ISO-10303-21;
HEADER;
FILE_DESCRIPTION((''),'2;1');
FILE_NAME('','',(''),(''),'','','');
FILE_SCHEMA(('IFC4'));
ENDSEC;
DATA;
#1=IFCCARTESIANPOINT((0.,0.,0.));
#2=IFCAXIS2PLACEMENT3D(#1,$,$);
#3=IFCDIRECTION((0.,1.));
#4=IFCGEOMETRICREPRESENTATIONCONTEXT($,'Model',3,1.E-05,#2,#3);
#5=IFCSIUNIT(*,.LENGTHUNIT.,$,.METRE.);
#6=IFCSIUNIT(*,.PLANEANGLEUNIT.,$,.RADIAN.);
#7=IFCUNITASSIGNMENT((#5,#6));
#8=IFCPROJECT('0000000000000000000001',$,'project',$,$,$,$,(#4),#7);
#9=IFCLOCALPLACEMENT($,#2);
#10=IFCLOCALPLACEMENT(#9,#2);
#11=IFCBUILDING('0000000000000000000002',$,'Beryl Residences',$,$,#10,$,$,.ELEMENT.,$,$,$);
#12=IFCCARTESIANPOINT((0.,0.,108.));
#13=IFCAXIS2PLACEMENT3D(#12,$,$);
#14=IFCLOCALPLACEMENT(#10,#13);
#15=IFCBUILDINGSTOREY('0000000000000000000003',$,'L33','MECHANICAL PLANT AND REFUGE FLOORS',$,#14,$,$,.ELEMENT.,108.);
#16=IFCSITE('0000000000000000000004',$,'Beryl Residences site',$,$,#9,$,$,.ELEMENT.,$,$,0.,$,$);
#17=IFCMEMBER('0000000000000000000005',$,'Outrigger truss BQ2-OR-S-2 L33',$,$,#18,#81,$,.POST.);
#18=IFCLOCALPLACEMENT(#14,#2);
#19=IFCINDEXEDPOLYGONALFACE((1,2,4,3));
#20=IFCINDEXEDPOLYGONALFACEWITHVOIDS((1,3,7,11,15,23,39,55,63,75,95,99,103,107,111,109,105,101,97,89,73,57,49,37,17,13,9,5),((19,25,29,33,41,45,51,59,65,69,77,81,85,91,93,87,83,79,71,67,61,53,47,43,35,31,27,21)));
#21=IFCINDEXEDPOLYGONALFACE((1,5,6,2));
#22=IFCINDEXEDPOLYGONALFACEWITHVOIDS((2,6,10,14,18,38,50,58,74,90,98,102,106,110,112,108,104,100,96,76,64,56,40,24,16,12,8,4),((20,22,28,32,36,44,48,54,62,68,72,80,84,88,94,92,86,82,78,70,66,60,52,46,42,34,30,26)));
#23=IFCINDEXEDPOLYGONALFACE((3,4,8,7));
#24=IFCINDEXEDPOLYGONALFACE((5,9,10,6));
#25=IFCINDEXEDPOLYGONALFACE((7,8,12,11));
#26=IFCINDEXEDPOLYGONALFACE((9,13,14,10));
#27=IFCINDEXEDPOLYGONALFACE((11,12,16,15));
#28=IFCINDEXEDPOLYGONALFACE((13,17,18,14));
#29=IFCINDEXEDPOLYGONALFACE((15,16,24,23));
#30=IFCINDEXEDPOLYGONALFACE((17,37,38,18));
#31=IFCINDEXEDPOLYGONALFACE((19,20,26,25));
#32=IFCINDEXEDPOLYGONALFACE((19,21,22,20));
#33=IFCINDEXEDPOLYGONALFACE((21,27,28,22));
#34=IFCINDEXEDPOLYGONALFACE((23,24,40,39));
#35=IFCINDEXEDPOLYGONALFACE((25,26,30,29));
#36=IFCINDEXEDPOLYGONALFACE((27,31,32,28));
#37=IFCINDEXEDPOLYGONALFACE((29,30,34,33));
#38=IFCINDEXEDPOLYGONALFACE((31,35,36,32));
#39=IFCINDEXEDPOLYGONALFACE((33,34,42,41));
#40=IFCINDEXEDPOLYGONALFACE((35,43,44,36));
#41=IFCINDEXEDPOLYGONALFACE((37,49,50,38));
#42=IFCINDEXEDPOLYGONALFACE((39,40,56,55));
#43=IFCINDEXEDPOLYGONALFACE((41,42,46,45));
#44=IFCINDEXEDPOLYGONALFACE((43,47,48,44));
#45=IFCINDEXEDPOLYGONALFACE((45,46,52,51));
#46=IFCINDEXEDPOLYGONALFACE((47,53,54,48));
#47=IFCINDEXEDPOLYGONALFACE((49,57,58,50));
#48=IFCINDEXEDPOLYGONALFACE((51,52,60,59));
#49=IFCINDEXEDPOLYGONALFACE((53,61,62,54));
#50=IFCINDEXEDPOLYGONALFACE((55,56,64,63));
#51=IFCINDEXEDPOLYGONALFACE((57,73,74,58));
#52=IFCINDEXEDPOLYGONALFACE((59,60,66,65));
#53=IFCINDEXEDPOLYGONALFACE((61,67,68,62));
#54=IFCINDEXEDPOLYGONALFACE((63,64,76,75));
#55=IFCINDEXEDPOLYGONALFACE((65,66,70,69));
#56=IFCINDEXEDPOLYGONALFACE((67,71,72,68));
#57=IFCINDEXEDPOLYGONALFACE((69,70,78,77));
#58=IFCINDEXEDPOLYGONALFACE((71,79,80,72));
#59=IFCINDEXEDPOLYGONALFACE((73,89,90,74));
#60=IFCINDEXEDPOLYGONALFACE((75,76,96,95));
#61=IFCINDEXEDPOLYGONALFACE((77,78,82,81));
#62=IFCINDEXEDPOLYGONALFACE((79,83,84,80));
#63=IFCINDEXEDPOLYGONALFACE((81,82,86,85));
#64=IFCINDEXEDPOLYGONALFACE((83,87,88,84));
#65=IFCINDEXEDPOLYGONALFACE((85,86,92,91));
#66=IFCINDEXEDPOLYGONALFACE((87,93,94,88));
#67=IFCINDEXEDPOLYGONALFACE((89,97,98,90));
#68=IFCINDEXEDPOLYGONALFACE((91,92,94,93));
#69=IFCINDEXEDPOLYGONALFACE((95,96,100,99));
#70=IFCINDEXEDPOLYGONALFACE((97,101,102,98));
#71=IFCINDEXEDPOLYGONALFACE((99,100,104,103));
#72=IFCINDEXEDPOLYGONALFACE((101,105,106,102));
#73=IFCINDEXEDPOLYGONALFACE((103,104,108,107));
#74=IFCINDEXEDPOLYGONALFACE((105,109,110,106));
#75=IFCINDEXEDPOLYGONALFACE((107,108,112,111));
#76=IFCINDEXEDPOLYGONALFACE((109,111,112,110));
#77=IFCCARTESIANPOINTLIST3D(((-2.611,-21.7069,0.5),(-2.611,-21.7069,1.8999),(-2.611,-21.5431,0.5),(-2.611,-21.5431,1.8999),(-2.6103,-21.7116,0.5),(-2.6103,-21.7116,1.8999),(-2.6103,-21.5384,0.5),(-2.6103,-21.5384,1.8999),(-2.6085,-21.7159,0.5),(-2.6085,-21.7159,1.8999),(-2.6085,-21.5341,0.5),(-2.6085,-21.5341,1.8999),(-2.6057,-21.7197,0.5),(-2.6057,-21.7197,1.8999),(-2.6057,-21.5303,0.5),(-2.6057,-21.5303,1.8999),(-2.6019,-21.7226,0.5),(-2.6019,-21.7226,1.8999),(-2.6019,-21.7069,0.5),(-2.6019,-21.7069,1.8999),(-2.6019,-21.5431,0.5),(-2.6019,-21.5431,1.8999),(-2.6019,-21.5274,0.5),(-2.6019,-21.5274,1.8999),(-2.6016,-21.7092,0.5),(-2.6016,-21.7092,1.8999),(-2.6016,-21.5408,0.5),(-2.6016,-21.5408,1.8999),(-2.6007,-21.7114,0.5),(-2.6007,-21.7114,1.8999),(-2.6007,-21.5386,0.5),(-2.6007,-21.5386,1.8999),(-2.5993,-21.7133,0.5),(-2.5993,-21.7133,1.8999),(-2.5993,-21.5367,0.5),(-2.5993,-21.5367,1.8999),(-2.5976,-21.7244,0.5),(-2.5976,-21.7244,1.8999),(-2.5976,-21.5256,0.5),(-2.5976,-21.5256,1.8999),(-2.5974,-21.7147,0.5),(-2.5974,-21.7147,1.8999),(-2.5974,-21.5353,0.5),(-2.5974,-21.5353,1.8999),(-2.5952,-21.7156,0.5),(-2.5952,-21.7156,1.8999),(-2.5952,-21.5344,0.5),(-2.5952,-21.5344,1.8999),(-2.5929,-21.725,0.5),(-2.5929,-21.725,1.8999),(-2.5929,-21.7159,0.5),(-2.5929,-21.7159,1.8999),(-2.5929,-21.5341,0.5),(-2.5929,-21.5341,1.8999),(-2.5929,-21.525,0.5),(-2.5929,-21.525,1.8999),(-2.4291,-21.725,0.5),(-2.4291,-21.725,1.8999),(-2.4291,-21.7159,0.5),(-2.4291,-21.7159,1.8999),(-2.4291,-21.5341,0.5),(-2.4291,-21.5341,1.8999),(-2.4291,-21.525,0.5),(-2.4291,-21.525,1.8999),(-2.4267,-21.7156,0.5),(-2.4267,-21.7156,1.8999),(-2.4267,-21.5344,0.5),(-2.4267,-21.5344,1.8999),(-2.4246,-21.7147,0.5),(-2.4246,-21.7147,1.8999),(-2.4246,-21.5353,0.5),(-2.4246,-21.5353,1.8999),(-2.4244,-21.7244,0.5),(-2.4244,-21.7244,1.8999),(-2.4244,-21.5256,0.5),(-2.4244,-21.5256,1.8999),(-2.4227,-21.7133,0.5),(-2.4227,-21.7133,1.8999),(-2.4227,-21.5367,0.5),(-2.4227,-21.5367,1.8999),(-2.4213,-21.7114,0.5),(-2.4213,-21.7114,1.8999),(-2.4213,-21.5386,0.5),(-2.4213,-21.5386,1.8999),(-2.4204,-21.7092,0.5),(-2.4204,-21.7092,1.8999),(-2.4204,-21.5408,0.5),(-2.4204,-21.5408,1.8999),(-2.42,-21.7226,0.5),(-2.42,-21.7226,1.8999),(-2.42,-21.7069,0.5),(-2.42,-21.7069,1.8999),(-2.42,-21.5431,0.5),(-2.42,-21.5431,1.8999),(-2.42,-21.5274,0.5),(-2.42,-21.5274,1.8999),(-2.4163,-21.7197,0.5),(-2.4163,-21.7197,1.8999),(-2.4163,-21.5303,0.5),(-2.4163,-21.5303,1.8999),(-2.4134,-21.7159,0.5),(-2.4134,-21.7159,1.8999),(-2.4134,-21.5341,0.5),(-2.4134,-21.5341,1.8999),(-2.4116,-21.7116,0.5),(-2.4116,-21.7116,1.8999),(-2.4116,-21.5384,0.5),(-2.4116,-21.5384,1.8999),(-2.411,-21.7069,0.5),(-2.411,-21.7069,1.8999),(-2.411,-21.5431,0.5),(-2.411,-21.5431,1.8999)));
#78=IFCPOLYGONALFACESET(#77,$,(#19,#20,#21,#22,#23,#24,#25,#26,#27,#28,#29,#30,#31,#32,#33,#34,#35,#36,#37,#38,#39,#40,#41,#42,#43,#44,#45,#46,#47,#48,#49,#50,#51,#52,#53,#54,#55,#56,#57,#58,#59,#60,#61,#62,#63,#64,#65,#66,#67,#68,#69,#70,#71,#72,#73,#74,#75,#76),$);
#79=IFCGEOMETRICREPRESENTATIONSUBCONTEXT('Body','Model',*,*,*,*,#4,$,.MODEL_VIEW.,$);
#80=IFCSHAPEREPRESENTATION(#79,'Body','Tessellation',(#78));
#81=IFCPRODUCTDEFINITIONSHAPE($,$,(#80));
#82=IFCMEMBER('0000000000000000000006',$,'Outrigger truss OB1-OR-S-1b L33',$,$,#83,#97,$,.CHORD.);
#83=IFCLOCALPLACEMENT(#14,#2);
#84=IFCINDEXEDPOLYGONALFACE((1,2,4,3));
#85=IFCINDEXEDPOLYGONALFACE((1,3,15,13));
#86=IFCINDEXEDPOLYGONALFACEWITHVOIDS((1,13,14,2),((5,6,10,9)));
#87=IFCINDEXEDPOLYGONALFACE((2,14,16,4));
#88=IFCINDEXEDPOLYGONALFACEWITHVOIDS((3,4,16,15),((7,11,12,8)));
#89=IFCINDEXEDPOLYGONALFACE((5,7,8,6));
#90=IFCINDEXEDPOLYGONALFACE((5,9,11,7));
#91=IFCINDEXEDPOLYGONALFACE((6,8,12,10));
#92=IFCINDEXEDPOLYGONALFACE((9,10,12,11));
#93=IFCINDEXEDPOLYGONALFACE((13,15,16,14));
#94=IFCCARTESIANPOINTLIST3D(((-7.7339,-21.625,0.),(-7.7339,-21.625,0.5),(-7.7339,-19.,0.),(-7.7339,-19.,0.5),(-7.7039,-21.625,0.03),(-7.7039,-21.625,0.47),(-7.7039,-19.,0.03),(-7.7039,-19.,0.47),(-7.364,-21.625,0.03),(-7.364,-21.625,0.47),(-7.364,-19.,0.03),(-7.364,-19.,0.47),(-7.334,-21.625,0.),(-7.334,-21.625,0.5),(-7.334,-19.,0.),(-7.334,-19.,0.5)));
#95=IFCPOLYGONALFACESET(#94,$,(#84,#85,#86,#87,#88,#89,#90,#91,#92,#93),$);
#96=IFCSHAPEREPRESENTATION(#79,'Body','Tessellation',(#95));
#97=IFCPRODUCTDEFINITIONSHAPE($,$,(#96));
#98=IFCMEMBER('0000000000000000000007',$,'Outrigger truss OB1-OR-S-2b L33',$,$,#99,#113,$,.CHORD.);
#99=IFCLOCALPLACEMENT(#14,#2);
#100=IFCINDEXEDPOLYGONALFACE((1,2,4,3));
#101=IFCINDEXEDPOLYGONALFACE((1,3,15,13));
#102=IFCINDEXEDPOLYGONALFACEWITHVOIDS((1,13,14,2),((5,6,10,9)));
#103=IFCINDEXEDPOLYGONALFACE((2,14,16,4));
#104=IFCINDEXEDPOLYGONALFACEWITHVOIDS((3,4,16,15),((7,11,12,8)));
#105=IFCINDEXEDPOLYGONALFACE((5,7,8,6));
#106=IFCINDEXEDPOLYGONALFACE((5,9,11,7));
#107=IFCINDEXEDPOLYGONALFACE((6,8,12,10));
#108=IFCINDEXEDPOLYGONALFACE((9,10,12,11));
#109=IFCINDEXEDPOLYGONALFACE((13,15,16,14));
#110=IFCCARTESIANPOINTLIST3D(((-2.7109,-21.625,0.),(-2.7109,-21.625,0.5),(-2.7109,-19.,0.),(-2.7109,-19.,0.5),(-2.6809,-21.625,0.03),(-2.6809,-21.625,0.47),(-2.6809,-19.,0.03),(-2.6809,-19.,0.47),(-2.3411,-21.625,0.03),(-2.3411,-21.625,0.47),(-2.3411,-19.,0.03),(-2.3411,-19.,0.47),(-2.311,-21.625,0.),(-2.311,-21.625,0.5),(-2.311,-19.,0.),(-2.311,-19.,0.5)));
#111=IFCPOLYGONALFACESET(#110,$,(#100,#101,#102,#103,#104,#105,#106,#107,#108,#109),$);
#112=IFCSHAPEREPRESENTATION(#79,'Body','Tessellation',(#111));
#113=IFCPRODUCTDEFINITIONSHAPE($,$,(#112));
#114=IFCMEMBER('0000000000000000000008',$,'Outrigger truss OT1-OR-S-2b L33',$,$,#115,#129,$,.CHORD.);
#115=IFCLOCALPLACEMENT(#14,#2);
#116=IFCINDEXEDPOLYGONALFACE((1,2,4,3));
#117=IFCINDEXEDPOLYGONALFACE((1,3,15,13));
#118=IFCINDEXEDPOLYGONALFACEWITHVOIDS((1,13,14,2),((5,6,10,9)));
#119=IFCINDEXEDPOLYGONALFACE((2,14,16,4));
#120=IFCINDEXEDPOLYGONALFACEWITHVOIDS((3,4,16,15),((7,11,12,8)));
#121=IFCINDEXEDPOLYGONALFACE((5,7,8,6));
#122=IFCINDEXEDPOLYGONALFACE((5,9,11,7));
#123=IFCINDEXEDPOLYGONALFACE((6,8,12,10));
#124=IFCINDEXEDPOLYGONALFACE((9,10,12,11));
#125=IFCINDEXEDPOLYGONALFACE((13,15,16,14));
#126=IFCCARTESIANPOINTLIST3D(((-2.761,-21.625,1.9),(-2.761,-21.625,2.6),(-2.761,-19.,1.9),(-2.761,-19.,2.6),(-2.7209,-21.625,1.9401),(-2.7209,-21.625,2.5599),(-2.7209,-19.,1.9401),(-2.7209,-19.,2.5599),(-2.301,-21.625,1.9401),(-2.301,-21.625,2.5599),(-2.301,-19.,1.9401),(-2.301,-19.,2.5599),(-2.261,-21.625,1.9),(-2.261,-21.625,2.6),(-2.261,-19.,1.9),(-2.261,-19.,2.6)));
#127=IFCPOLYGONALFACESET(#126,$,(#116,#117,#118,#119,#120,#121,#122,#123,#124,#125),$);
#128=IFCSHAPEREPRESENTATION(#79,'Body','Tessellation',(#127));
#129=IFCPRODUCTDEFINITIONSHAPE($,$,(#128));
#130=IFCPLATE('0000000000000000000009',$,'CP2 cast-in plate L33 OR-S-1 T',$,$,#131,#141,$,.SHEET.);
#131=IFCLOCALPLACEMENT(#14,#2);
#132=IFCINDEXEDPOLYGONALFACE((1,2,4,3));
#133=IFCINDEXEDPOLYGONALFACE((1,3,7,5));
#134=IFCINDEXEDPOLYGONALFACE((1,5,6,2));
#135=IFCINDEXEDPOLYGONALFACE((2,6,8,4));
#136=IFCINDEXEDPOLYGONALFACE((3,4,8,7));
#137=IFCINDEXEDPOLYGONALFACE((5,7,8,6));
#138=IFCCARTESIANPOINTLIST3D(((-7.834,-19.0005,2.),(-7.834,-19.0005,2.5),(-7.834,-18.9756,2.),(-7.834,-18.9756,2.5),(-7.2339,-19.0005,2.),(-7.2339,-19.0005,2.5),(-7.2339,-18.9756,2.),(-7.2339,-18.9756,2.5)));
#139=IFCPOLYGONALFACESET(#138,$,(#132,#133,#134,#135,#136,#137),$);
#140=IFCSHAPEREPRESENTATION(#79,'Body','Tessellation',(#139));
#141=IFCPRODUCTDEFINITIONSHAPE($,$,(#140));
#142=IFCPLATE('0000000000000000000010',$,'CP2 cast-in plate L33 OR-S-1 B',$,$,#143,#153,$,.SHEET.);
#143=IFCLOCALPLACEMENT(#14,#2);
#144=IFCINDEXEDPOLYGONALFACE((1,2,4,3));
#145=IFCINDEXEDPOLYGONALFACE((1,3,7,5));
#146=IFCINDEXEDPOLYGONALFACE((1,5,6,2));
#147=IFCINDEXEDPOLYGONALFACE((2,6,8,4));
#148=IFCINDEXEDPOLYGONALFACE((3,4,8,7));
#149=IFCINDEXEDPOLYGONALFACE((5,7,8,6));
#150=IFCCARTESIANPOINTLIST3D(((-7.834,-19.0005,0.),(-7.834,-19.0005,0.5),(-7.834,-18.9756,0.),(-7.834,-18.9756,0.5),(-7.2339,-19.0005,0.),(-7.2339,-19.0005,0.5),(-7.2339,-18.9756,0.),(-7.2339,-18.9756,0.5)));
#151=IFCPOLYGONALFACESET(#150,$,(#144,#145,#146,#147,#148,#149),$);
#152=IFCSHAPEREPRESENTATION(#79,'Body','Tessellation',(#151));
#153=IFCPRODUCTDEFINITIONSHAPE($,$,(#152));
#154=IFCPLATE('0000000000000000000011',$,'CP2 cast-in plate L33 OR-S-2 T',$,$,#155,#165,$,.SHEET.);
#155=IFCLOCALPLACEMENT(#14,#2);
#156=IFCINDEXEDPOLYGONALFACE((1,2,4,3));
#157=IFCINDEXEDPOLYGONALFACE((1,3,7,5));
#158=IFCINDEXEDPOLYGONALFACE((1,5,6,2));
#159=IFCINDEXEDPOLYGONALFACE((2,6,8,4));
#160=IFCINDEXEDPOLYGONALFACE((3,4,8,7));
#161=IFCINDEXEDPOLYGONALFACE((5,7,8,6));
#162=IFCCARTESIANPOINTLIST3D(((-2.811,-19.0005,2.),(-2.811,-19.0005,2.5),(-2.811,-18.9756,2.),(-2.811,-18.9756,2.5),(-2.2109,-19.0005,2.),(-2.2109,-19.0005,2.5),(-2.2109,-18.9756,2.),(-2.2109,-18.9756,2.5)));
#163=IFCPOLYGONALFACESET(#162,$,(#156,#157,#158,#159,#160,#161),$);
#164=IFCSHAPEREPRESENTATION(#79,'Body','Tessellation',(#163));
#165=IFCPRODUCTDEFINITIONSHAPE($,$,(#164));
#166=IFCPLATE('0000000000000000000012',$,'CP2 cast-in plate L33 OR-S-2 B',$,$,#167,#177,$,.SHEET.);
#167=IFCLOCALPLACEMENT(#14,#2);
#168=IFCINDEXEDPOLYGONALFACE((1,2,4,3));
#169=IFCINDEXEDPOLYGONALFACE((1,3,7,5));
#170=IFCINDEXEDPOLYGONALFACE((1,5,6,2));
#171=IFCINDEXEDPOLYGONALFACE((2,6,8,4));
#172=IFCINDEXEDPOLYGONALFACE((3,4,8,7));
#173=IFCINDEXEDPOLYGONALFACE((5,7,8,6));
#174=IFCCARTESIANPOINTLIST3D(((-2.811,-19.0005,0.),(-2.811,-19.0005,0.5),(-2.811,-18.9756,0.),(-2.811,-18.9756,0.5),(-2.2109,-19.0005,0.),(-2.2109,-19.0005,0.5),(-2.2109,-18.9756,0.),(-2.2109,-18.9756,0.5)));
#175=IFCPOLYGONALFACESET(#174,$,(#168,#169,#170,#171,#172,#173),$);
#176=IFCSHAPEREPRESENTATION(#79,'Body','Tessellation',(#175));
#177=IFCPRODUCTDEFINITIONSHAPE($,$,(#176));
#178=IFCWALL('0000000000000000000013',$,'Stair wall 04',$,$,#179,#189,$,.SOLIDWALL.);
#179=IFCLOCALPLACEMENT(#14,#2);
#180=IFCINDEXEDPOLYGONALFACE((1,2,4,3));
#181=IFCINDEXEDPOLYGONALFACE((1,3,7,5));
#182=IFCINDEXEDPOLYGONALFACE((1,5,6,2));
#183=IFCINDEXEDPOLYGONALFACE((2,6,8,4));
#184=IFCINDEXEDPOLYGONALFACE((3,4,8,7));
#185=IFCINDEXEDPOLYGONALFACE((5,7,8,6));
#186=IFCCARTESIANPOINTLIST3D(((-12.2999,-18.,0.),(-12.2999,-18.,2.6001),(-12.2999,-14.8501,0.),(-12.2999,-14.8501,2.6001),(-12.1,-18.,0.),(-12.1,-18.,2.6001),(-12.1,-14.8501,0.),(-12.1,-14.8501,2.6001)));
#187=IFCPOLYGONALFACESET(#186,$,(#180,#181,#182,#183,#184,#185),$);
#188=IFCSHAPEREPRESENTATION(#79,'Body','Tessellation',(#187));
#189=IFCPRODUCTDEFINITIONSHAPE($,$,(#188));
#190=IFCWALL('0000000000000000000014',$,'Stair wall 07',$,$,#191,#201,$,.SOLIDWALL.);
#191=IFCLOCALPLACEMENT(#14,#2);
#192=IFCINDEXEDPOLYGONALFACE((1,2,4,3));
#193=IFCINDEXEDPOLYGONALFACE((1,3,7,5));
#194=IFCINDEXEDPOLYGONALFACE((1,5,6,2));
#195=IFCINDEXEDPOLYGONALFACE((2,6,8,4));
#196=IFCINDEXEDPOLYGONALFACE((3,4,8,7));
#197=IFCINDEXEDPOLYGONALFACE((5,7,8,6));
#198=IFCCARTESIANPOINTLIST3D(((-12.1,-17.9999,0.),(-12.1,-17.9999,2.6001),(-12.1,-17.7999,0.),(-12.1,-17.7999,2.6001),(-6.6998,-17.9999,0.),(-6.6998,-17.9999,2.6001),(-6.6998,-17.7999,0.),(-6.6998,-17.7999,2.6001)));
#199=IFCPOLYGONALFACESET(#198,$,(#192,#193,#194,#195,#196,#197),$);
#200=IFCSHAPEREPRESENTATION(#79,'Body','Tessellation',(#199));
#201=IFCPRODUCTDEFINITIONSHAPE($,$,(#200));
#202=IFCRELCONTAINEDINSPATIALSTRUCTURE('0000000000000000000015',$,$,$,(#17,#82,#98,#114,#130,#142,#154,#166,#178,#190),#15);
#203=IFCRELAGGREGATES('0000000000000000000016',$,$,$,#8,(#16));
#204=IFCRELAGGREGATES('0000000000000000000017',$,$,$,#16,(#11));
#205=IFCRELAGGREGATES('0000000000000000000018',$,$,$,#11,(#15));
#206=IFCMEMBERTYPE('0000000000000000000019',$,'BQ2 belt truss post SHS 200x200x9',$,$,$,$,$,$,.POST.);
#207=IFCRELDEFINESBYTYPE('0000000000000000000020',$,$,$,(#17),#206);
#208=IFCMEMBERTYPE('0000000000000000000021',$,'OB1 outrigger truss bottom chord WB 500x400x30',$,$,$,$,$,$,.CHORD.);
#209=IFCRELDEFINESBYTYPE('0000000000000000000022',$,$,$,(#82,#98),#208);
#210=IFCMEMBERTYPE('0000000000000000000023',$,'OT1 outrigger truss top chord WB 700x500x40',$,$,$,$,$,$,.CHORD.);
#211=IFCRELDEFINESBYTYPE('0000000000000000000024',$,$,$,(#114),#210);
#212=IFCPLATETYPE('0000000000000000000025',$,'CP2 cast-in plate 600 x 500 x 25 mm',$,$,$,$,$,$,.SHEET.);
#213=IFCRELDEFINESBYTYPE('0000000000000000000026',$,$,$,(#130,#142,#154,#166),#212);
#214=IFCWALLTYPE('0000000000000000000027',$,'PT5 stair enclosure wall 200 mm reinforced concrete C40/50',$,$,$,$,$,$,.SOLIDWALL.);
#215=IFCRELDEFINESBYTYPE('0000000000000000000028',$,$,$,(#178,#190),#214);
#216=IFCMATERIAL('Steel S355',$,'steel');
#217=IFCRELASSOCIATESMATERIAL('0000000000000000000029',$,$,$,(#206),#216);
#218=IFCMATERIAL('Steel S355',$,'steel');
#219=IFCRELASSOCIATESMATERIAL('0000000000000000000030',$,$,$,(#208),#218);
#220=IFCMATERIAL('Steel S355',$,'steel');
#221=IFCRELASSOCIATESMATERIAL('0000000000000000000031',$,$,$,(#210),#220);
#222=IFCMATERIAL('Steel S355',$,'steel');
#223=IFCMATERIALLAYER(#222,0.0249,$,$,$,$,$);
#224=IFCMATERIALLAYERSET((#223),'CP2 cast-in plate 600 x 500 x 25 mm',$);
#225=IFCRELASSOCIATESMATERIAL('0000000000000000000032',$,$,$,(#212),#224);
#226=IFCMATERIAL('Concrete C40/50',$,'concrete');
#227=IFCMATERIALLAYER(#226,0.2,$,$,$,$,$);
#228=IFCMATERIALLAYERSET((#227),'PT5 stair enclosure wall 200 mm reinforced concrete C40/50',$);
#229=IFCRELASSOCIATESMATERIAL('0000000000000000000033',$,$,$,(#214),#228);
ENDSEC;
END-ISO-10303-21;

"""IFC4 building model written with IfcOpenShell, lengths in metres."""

from ifc_helpers import new_model, si_unit, direction, frame, frame_2d, origin, origin_2d, place, context, subcontext, project, spatial, rectangle, hollow_rectangle, extrude, material, layer, layer_set, material_profile, profile_set, type_object, element, save


model = new_model("IFC4")

# Units and contexts
model_context = context("Model", 3, precision=1e-05, world=origin(), true_north=direction((0.0, 1.0)))
body_context = subcontext(model_context, "Body", "Model", "MODEL_VIEW")
ifc_project = project(units=[si_unit("LENGTHUNIT", "METRE"), si_unit("PLANEANGLEUNIT", "RADIAN")], contexts=[model_context])

# Site, building, storey
site_placement = place(None, origin())
site = spatial("IfcSite", under=ifc_project, at=site_placement, Name="Beryl Residences site", CompositionType="ELEMENT", RefElevation=0.0)
building_placement = place(site_placement, origin())
building = spatial("IfcBuilding", under=site, at=building_placement, Name="Beryl Residences", CompositionType="ELEMENT")
storey_placement = place(building_placement, frame((0.0, 0.0, 108.0)))
storey = spatial("IfcBuildingStorey", under=building, at=storey_placement, Name="L33", Description="MECHANICAL PLANT AND REFUGE FLOORS", CompositionType="ELEMENT", Elevation=108.0)

# Members
ifc_material_1 = material(Name="Steel S355", Category="steel")
ifc_material_profile_1 = material_profile(ifc_material_1, hollow_rectangle(XDim=0.2, YDim=0.2, WallThickness=0.009, InnerFilletRadius=0.009, OuterFilletRadius=0.0181, at=origin_2d()))
ifc_profile_set_1 = profile_set([ifc_material_profile_1], Name="Steel S355")
member_type_1 = type_object("IfcMemberType", Name="BQ2 belt truss post SHS 200x200x9", PredefinedType="POST", material=ifc_profile_set_1)
for number, where, z_axis, x_axis, name in (
    (1, (-2.511, -21.625, 0.5), (0.0, 0.0, 1.0), (1.0, 0.0, 0.0), "Outrigger truss BQ2-OR-S-2 L33"),
):
    element("IfcMember", number, at=place(storey_placement, frame(where, z_axis=z_axis, x_axis=x_axis)), inside=storey, type_object=member_type_1, Name=name, PredefinedType="POST", context=body_context, shape_type="SweptSolid", body=[
        extrude(hollow_rectangle(XDim=0.2, YDim=0.2, WallThickness=0.009, InnerFilletRadius=0.009, OuterFilletRadius=0.0181, at=origin_2d()), origin(), (0.0, 0.0, 1.0), 1.3999),
    ])
ifc_material_2 = material(Name="Steel S355", Category="steel")
ifc_material_profile_2 = material_profile(ifc_material_2, hollow_rectangle(XDim=0.3999, YDim=0.5, WallThickness=0.03, at=origin_2d()))
ifc_profile_set_2 = profile_set([ifc_material_profile_2], Name="Steel S355")
member_type_2 = type_object("IfcMemberType", Name="OB1 outrigger truss bottom chord WB 500x400x30", PredefinedType="CHORD", material=ifc_profile_set_2)
for number, where, z_axis, x_axis, name in (
    (2, (-7.5339, -21.625, 0.25), (0.0, 1.0, 0.0), (-1.0, 0.0, 0.0), "Outrigger truss OB1-OR-S-1b L33"),
    (3, (-2.511, -21.625, 0.25), (0.0, 1.0, 0.0), (-1.0, 0.0, 0.0), "Outrigger truss OB1-OR-S-2b L33"),
):
    element("IfcMember", number, at=place(storey_placement, frame(where, z_axis=z_axis, x_axis=x_axis)), inside=storey, type_object=member_type_2, Name=name, PredefinedType="CHORD", context=body_context, shape_type="SweptSolid", body=[
        extrude(hollow_rectangle(XDim=0.3999, YDim=0.5, WallThickness=0.03, at=origin_2d()), origin(), (0.0, 0.0, 1.0), 2.625),
    ])
ifc_material_3 = material(Name="Steel S355", Category="steel")
ifc_material_profile_3 = material_profile(ifc_material_3, hollow_rectangle(XDim=0.5, YDim=0.7, WallThickness=0.04, at=origin_2d()))
ifc_profile_set_3 = profile_set([ifc_material_profile_3], Name="Steel S355")
member_type_3 = type_object("IfcMemberType", Name="OT1 outrigger truss top chord WB 700x500x40", PredefinedType="CHORD", material=ifc_profile_set_3)
member_placement = place(storey_placement, frame((-2.511, -21.625, 2.25), z_axis=(0.0, 1.0, 0.0), x_axis=(-1.0, 0.0, 0.0)))
element("IfcMember", 4, at=member_placement, inside=storey, type_object=member_type_3, Name="Outrigger truss OT1-OR-S-2b L33", PredefinedType="CHORD", context=body_context, shape_type="SweptSolid", body=[
    extrude(hollow_rectangle(XDim=0.5, YDim=0.7, WallThickness=0.04, at=origin_2d()), origin(), (0.0, 0.0, 1.0), 2.625),
])

# Plates
ifc_material_4 = material(Name="Steel S355", Category="steel")
ifc_layer_1 = layer(ifc_material_4, 0.0249)
ifc_layer_set_1 = layer_set([ifc_layer_1], Name="CP2 cast-in plate 600 x 500 x 25 mm")
plate_type = type_object("IfcPlateType", Name="CP2 cast-in plate 600 x 500 x 25 mm", PredefinedType="SHEET", material=ifc_layer_set_1)
for number, where, z_axis, x_axis, name in (
    (5, (-7.5339, -18.988, 2.0), (0.0, 0.0, 1.0), (0.0, 1.0, 0.0), "CP2 cast-in plate L33 OR-S-1 T"),
    (6, (-7.5339, -18.988, 0.0), (0.0, 0.0, 1.0), (0.0, 1.0, 0.0), "CP2 cast-in plate L33 OR-S-1 B"),
    (7, (-2.511, -18.988, 2.0), (0.0, 0.0, 1.0), (0.0, 1.0, 0.0), "CP2 cast-in plate L33 OR-S-2 T"),
    (8, (-2.511, -18.988, 0.0), (0.0, 0.0, 1.0), (0.0, 1.0, 0.0), "CP2 cast-in plate L33 OR-S-2 B"),
):
    element("IfcPlate", number, at=place(storey_placement, frame(where, z_axis=z_axis, x_axis=x_axis)), inside=storey, type_object=plate_type, Name=name, PredefinedType="SHEET", context=body_context, shape_type="SweptSolid", body=[
        extrude(rectangle(XDim=0.0249, YDim=0.6001, at=origin_2d()), origin(), (0.0, 0.0, 1.0), 0.5),
    ])

# Walls
ifc_material_5 = material(Name="Concrete C40/50", Category="concrete")
ifc_layer_2 = layer(ifc_material_5, 0.2)
ifc_layer_set_2 = layer_set([ifc_layer_2], Name="PT5 stair enclosure wall 200 mm reinforced concrete C40/50")
wall_type_1 = type_object("IfcWallType", Name="PT5 stair enclosure wall 200 mm reinforced concrete C40/50", PredefinedType="SOLIDWALL", material=ifc_layer_set_2)
wall_1_placement = place(storey_placement, frame((-12.2, -18.0, 0.0), z_axis=(0.0, 0.0, 1.0), x_axis=(0.0, 1.0, 0.0)))
element("IfcWall", 9, at=wall_1_placement, inside=storey, type_object=wall_type_1, Name="Stair wall 04", PredefinedType="SOLIDWALL", context=body_context, shape_type="SweptSolid", body=[
    extrude(rectangle(XDim=3.1499, YDim=0.2, at=frame_2d((1.575, 0.0))), origin(), (0.0, 0.0, 1.0), 2.6001),
])
wall_2_placement = place(storey_placement, frame((-12.1001, -17.8999, 0.0), z_axis=(0.0, 0.0, 1.0), x_axis=(1.0, 0.0, 0.0)))
element("IfcWall", 10, at=wall_2_placement, inside=storey, type_object=wall_type_1, Name="Stair wall 07", PredefinedType="SOLIDWALL", context=body_context, shape_type="SweptSolid", body=[
    extrude(rectangle(XDim=5.4001, YDim=0.2, at=frame_2d((2.7002, 0.0))), origin(), (0.0, 0.0, 1.0), 2.6001),
])

save(model, "model.ifc")
